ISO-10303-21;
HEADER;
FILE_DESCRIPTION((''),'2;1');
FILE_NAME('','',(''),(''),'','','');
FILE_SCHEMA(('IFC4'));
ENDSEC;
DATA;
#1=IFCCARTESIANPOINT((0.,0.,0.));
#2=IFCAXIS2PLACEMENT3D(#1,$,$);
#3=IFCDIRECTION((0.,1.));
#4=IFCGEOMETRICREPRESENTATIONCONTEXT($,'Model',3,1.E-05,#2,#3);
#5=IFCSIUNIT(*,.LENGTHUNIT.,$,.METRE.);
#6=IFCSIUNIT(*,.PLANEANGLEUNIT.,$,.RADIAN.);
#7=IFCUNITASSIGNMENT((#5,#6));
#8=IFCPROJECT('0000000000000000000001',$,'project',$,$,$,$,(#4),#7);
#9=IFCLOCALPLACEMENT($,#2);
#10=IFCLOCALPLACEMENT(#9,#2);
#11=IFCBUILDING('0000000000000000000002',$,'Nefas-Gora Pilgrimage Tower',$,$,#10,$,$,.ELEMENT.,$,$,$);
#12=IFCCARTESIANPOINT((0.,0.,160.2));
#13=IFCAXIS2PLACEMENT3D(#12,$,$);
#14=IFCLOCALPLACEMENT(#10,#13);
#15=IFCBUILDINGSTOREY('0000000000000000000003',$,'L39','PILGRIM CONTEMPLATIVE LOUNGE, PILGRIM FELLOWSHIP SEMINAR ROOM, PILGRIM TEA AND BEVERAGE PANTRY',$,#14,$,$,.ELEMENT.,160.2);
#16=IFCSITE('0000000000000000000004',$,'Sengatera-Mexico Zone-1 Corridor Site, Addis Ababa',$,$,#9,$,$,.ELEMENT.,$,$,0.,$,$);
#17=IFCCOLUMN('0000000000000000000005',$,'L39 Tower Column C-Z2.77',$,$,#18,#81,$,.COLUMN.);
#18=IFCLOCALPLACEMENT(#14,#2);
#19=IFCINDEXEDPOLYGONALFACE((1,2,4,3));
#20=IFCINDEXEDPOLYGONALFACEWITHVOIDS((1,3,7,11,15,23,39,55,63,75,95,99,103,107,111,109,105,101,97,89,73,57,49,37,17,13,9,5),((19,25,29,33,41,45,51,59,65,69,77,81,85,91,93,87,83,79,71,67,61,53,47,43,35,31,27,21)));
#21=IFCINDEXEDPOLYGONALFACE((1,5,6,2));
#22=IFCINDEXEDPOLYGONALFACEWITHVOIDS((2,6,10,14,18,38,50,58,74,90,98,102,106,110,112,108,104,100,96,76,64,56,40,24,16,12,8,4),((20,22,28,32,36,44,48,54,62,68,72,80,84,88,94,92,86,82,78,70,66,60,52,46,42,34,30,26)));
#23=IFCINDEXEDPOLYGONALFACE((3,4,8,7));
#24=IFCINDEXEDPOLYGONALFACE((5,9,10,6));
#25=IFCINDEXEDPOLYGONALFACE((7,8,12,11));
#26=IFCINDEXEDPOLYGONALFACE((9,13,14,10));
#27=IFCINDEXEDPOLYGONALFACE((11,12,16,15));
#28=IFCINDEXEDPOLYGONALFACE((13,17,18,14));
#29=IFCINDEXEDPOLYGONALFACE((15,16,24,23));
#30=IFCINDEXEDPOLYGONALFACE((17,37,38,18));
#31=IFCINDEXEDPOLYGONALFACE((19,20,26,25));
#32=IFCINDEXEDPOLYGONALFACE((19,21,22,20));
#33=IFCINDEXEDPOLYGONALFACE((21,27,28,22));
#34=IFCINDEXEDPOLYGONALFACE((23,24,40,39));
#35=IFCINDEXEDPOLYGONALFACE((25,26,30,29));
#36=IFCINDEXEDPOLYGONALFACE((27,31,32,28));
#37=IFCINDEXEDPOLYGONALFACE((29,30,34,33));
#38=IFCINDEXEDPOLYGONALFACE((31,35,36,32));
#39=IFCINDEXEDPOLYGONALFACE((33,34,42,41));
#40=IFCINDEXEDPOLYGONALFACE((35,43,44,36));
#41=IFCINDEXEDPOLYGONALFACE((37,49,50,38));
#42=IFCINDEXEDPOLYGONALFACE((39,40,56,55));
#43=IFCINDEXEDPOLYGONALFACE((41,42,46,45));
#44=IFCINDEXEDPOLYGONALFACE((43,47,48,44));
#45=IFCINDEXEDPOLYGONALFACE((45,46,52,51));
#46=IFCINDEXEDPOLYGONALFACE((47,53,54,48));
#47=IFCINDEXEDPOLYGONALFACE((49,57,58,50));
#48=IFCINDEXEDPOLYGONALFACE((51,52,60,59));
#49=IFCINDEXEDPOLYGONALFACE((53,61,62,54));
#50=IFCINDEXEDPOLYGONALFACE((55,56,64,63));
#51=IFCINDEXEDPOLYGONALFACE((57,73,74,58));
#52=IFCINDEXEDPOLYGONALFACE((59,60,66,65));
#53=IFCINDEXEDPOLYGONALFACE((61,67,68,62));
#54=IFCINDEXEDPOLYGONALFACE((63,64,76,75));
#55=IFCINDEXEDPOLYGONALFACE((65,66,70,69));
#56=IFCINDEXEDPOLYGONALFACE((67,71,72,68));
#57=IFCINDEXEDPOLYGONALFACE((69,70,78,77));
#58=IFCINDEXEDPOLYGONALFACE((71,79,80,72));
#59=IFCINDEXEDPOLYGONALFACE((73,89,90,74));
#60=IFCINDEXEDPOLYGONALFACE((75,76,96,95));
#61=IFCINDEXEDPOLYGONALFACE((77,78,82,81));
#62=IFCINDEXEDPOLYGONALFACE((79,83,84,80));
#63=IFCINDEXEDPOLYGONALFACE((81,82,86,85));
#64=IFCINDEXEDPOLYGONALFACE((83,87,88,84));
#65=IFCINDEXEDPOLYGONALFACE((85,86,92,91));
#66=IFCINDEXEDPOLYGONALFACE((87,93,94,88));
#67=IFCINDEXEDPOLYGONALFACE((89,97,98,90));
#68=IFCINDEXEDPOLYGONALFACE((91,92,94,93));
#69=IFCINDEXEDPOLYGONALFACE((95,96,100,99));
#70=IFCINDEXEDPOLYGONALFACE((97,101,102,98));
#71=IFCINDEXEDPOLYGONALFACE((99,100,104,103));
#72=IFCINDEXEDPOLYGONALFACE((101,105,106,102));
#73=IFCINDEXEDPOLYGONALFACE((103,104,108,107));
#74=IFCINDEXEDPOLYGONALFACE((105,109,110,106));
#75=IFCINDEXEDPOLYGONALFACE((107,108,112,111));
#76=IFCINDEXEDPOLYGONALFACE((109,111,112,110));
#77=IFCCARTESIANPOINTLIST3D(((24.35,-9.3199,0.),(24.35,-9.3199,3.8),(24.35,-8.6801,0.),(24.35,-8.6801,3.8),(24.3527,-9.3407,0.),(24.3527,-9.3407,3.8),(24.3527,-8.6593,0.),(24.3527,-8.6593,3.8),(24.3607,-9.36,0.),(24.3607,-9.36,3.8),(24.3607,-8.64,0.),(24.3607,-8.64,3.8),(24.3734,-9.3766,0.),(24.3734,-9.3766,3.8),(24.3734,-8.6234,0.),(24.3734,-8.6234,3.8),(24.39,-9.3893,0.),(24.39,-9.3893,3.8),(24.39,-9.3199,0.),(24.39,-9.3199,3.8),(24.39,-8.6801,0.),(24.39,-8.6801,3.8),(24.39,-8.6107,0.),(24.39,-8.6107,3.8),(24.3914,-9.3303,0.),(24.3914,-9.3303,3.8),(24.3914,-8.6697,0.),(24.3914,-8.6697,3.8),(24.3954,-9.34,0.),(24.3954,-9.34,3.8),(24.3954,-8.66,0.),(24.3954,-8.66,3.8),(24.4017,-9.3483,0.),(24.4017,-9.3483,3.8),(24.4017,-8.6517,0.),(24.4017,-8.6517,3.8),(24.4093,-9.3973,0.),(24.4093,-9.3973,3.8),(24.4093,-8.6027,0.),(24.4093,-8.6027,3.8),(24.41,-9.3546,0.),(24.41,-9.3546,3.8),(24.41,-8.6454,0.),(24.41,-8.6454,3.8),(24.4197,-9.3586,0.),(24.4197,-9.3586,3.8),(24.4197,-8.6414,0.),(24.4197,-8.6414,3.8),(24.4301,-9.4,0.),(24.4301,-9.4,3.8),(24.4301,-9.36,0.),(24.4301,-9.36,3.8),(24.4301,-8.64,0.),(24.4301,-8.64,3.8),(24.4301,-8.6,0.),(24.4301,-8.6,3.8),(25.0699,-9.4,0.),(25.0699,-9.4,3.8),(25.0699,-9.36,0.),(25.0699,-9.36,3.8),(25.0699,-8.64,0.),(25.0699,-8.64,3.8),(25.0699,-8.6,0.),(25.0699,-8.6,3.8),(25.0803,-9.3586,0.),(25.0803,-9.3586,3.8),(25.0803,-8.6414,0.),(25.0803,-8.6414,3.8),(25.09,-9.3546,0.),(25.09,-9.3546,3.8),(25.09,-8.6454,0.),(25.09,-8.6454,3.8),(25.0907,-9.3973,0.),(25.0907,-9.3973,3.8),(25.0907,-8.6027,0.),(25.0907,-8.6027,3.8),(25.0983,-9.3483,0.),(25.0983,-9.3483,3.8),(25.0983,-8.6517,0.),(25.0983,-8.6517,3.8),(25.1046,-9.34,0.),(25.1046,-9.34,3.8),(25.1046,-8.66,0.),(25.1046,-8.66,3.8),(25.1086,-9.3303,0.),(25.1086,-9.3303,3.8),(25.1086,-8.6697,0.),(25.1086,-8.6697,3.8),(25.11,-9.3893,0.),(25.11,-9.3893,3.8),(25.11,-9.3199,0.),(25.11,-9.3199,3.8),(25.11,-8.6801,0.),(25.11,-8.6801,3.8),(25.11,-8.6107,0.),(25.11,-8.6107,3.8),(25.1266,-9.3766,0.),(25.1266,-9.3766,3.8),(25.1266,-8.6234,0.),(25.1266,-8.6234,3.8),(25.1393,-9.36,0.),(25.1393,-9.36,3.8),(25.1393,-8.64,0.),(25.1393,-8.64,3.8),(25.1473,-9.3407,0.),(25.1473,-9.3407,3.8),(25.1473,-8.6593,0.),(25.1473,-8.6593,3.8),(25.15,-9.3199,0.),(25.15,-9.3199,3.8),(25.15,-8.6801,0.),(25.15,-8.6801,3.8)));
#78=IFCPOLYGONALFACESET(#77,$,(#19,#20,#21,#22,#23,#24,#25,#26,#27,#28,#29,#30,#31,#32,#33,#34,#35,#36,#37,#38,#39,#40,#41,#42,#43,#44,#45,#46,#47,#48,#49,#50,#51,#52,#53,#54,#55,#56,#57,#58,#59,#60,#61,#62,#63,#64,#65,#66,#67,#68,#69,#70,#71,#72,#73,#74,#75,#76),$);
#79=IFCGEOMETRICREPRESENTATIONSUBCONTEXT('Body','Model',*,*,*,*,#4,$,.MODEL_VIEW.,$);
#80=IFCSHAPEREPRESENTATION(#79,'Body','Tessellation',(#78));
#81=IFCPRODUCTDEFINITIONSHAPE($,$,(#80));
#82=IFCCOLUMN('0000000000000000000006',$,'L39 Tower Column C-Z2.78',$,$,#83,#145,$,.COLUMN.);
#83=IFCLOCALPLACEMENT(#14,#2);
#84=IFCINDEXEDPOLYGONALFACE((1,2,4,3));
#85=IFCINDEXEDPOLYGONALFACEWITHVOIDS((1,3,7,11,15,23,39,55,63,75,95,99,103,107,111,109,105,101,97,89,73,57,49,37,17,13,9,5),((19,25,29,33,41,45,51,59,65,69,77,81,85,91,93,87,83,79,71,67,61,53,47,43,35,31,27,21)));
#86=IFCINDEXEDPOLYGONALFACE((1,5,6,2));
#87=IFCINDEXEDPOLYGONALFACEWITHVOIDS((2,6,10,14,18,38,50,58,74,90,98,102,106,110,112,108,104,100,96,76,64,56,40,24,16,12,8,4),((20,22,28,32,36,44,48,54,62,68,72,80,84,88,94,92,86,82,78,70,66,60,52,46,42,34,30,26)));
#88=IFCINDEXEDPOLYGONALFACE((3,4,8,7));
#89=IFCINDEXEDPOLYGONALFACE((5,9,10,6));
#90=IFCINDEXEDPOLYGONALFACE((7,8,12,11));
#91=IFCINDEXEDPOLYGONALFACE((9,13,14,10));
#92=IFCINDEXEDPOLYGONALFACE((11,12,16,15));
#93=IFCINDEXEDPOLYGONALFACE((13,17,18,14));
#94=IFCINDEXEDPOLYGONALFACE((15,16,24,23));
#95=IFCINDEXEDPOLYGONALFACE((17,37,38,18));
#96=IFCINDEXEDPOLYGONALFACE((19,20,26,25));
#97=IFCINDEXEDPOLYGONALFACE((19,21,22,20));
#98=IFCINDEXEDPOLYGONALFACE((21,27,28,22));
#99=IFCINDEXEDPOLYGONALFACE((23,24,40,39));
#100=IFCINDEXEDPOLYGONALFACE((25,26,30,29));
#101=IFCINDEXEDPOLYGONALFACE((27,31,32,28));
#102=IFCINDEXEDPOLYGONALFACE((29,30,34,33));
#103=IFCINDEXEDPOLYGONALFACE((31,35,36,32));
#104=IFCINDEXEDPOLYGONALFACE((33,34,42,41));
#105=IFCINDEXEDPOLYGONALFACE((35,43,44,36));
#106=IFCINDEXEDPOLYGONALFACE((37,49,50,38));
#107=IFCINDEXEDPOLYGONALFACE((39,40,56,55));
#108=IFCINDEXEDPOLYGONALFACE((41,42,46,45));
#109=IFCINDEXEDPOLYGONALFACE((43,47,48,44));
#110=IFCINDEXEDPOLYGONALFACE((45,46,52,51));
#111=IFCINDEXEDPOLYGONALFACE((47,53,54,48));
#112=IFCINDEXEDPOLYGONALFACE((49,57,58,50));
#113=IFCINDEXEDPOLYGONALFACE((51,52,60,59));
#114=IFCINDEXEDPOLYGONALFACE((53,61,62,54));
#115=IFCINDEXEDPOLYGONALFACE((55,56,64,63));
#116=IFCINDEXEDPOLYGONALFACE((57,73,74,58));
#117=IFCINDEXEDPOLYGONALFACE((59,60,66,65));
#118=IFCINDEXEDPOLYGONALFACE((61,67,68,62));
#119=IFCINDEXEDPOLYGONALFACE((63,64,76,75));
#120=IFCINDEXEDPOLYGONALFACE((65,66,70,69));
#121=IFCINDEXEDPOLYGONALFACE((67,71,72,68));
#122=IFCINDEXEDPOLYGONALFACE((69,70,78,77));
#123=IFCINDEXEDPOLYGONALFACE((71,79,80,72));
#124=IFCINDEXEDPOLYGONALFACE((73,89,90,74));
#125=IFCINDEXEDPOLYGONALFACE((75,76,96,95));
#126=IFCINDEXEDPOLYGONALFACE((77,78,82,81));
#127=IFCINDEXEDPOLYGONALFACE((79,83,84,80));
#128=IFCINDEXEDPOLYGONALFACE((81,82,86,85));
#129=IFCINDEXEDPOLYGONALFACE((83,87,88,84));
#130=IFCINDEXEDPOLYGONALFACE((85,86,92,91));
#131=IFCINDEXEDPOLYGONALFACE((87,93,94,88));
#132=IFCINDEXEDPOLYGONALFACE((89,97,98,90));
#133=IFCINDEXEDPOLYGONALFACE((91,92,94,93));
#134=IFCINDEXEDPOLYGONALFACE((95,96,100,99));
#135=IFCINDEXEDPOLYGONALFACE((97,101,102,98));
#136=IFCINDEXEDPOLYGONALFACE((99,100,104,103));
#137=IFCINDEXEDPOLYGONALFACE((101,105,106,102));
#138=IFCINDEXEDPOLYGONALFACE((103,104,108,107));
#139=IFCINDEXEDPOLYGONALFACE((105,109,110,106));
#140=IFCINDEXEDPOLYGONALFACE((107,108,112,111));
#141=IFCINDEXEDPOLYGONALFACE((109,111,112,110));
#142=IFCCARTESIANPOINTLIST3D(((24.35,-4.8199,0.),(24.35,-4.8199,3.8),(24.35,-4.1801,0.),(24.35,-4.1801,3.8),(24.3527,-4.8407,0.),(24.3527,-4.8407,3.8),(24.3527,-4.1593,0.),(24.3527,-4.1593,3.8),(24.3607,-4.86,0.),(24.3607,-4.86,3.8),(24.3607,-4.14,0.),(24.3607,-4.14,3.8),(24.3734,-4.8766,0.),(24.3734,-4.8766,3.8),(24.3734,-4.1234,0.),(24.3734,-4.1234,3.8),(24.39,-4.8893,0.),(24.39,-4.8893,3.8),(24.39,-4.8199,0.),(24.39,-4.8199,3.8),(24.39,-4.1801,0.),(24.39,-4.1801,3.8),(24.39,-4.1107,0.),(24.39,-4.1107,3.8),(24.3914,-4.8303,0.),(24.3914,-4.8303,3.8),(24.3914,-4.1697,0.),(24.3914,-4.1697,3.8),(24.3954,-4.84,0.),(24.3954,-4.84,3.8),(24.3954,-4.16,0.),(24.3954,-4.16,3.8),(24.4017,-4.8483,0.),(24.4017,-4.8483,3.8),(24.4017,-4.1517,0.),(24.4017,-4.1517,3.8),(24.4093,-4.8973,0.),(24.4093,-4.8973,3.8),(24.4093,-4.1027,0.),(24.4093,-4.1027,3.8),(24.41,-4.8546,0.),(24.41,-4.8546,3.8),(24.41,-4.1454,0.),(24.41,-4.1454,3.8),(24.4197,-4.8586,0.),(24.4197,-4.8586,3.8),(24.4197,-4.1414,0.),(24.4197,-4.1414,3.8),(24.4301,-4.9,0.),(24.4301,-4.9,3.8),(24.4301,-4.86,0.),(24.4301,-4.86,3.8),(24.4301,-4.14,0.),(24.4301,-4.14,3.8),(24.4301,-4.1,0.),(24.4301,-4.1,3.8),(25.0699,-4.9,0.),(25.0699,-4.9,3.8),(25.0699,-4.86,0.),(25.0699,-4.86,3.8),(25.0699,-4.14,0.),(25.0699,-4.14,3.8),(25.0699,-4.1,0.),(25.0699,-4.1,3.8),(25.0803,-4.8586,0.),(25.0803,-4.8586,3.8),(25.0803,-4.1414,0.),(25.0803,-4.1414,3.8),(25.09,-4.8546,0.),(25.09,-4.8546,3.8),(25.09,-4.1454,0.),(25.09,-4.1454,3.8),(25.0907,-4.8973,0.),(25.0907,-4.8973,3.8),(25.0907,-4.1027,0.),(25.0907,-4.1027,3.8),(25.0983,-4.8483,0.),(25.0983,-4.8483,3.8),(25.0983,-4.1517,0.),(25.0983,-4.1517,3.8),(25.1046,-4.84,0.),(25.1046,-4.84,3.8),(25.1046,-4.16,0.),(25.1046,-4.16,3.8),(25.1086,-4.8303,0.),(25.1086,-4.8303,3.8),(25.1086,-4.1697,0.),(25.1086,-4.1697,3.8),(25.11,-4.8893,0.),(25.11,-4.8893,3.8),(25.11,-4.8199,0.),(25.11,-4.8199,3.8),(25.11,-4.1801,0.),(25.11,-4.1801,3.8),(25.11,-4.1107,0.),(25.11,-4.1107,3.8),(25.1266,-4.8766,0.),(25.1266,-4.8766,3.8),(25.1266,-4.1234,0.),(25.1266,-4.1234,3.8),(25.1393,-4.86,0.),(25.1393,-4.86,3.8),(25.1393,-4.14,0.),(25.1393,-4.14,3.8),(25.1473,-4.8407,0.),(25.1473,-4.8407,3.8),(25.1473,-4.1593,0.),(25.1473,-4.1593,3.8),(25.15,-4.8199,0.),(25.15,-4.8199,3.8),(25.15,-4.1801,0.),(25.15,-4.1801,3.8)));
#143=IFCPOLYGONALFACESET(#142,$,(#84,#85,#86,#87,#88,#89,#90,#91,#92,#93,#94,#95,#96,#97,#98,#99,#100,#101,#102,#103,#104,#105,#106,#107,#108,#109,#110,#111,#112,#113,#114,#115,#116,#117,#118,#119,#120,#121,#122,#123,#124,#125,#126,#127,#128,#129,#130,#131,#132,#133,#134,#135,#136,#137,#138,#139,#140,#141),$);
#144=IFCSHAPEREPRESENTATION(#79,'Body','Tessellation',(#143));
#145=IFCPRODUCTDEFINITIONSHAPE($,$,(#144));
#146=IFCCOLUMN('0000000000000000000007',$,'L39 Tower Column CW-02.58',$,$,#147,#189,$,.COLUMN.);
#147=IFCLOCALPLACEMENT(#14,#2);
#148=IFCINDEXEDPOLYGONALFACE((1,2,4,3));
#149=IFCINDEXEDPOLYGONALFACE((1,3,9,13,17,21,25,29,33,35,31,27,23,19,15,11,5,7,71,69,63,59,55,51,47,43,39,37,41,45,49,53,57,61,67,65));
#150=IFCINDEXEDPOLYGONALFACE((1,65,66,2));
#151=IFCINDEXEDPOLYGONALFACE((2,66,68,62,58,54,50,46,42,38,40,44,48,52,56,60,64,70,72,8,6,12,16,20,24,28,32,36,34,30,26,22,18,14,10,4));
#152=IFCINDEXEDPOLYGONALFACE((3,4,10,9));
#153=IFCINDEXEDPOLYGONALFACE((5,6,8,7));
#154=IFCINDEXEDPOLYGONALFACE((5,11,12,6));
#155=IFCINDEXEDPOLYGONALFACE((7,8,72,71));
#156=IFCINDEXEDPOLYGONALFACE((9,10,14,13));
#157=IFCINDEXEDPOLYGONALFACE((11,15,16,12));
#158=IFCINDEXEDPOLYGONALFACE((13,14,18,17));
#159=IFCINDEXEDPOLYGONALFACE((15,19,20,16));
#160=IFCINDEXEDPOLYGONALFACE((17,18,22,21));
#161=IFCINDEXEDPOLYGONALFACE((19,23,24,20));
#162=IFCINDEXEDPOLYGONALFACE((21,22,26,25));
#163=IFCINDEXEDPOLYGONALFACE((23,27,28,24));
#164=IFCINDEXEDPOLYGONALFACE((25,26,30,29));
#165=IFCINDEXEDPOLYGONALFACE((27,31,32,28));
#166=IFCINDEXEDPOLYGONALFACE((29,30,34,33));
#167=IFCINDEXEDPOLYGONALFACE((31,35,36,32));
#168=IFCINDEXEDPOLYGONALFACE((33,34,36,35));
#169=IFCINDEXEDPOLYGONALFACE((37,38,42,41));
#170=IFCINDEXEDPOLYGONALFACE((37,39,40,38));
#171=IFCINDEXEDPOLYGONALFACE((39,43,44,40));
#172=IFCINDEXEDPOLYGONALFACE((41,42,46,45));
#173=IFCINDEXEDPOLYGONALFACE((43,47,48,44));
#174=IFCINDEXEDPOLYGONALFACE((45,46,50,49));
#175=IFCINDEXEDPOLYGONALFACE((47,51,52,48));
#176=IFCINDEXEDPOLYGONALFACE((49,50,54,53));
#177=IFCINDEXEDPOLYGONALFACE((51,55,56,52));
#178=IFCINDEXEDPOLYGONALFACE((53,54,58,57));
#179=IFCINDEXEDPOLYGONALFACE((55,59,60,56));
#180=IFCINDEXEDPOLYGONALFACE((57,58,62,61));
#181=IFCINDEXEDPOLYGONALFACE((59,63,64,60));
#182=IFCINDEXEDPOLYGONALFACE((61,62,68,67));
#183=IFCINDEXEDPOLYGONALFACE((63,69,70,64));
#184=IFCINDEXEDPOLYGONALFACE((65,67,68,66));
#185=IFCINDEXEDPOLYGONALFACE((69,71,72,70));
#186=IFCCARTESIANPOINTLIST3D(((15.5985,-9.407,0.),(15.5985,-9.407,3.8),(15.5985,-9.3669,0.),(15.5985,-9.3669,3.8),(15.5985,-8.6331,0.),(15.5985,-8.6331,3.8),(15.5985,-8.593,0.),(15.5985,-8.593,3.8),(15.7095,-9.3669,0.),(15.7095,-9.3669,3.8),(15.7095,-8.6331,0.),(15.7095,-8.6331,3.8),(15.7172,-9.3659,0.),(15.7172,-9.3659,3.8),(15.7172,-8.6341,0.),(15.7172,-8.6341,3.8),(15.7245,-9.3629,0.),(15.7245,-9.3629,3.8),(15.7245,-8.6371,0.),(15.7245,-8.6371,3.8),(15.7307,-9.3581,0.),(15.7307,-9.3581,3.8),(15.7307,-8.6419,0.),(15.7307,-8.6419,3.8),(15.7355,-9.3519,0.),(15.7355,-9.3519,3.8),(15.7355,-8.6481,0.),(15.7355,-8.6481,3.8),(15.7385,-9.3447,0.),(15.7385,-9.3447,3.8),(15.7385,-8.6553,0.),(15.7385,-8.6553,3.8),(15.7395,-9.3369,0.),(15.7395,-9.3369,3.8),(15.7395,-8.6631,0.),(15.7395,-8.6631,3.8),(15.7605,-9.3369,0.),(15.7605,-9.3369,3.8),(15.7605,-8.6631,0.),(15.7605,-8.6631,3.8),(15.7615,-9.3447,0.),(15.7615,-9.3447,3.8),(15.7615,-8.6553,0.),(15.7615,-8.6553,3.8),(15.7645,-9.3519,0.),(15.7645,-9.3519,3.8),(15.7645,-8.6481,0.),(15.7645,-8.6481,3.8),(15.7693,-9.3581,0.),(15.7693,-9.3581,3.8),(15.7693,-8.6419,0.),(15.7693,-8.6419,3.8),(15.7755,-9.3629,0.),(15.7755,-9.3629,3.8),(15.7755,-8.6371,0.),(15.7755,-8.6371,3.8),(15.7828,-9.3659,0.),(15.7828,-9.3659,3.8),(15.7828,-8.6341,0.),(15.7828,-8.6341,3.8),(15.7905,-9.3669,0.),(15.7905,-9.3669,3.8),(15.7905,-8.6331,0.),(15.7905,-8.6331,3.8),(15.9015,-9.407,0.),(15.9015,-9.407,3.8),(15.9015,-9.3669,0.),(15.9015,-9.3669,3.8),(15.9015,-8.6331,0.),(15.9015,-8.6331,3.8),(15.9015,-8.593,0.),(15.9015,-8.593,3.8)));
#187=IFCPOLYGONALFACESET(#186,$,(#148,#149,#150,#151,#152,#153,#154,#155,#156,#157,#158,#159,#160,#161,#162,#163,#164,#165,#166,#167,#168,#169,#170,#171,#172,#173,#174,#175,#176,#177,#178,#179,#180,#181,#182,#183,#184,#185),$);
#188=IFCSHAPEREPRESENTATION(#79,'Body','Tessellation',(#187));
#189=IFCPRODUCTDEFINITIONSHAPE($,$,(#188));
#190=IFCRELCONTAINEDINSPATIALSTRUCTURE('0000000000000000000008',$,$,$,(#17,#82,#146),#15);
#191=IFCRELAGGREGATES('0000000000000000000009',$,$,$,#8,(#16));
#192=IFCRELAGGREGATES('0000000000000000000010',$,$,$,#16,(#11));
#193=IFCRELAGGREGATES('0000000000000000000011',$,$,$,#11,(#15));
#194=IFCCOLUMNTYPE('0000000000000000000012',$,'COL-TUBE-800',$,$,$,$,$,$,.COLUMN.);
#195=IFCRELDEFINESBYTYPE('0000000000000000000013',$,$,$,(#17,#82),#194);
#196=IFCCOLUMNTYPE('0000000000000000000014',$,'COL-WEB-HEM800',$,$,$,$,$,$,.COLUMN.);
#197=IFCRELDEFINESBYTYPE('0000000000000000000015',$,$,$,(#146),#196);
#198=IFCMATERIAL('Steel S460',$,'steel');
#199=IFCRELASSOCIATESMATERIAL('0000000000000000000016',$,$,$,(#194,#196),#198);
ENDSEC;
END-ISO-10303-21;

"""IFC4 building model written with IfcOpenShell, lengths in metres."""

from ifc_helpers import new_model, si_unit, direction, frame, origin, origin_2d, place, context, subcontext, project, spatial, hollow_rectangle, i_section, extrude, source, transform, mapped, material, material_profile, profile_set, type_object, element, save


model = new_model("IFC4")

# Units and contexts
model_context = context("Model", 3, precision=1e-05, world=origin(), true_north=direction((0.0, 1.0)))
body_context = subcontext(model_context, "Body", "Model", "MODEL_VIEW")
ifc_project = project(units=[si_unit("LENGTHUNIT", "METRE"), si_unit("PLANEANGLEUNIT", "RADIAN")], contexts=[model_context])

# Site, building, storey
site_placement = place(None, origin())
site = spatial("IfcSite", under=ifc_project, at=site_placement, Name="Sengatera-Mexico Zone-1 Corridor Site, Addis Ababa", CompositionType="ELEMENT", RefElevation=0.0)
building_placement = place(site_placement, origin())
building = spatial("IfcBuilding", under=site, at=building_placement, Name="Nefas-Gora Pilgrimage Tower", CompositionType="ELEMENT")
storey_placement = place(building_placement, frame((0.0, 0.0, 160.2)))
storey = spatial("IfcBuildingStorey", under=building, at=storey_placement, Name="L39", Description="PILGRIM CONTEMPLATIVE LOUNGE, PILGRIM FELLOWSHIP SEMINAR ROOM, PILGRIM TEA AND BEVERAGE PANTRY", CompositionType="ELEMENT", Elevation=160.2)

# Columns
ifc_material_1 = material(Name="Steel S460", Category="steel")
ifc_material_profile_1 = material_profile(ifc_material_1, hollow_rectangle(XDim=0.8, YDim=0.8, WallThickness=0.04, InnerFilletRadius=0.04, OuterFilletRadius=0.0801, at=origin_2d()), Name="BOX 800x800x40")
ifc_profile_set_1 = profile_set([ifc_material_profile_1], Name="Steel S460")
column_type_1 = type_object("IfcColumnType", Name="COL-TUBE-800", PredefinedType="COLUMN", material=ifc_profile_set_1)
shared_shape_1 = source(origin(), body_context, "Body", "SweptSolid", [
    extrude(hollow_rectangle(XDim=0.8, YDim=0.8, WallThickness=0.04, InnerFilletRadius=0.04, OuterFilletRadius=0.0801, at=origin_2d()), origin(), (0.0, 0.0, 1.0), 3.8),
])
for number, where, z_axis, x_axis, name in (
    (1, (24.75, -9.0, 0.0), (0.0, 0.0, 1.0), (1.0, 0.0, 0.0), "L39 Tower Column C-Z2.77"),
    (2, (24.75, -4.5, 0.0), (0.0, 0.0, 1.0), (1.0, 0.0, 0.0), "L39 Tower Column C-Z2.78"),
):
    element("IfcColumn", number, at=place(storey_placement, frame(where, z_axis=z_axis, x_axis=x_axis)), inside=storey, type_object=column_type_1, Name=name, PredefinedType="COLUMN", context=body_context, shape_type="MappedRepresentation", body=[
        mapped(shared_shape_1, transform((0.0, 0.0, 0.0), x_axis=(1.0, 0.0, 0.0), y_axis=(0.0, 1.0, 0.0), z_axis=(0.0, 0.0, 1.0), scale=1.0)),
    ])
ifc_material_profile_2 = material_profile(ifc_material_1, i_section(OverallWidth=0.303, OverallDepth=0.814, WebThickness=0.021, FlangeThickness=0.04, FilletRadius=0.03, at=origin_2d()), Name="HEM 800")
ifc_profile_set_2 = profile_set([ifc_material_profile_2], Name="Steel S460")
column_type_2 = type_object("IfcColumnType", Name="COL-WEB-HEM800", PredefinedType="COLUMN", material=ifc_profile_set_2)
shared_shape_2 = source(origin(), body_context, "Body", "SweptSolid", [
    extrude(i_section(OverallWidth=0.303, OverallDepth=0.814, WebThickness=0.021, FlangeThickness=0.04, FilletRadius=0.03, at=origin_2d()), origin(), (0.0, 0.0, 1.0), 3.8),
])
for number, where, z_axis, x_axis, name in (
    (3, (15.75, -9.0, 0.0), (0.0, 0.0, 1.0), (1.0, 0.0, 0.0), "L39 Tower Column CW-02.58"),
):
    element("IfcColumn", number, at=place(storey_placement, frame(where, z_axis=z_axis, x_axis=x_axis)), inside=storey, type_object=column_type_2, Name=name, PredefinedType="COLUMN", context=body_context, shape_type="MappedRepresentation", body=[
        mapped(shared_shape_2, transform((0.0, 0.0, 0.0), x_axis=(1.0, 0.0, 0.0), y_axis=(0.0, 1.0, 0.0), z_axis=(0.0, 0.0, 1.0), scale=1.0)),
    ])

save(model, "model.ifc")
